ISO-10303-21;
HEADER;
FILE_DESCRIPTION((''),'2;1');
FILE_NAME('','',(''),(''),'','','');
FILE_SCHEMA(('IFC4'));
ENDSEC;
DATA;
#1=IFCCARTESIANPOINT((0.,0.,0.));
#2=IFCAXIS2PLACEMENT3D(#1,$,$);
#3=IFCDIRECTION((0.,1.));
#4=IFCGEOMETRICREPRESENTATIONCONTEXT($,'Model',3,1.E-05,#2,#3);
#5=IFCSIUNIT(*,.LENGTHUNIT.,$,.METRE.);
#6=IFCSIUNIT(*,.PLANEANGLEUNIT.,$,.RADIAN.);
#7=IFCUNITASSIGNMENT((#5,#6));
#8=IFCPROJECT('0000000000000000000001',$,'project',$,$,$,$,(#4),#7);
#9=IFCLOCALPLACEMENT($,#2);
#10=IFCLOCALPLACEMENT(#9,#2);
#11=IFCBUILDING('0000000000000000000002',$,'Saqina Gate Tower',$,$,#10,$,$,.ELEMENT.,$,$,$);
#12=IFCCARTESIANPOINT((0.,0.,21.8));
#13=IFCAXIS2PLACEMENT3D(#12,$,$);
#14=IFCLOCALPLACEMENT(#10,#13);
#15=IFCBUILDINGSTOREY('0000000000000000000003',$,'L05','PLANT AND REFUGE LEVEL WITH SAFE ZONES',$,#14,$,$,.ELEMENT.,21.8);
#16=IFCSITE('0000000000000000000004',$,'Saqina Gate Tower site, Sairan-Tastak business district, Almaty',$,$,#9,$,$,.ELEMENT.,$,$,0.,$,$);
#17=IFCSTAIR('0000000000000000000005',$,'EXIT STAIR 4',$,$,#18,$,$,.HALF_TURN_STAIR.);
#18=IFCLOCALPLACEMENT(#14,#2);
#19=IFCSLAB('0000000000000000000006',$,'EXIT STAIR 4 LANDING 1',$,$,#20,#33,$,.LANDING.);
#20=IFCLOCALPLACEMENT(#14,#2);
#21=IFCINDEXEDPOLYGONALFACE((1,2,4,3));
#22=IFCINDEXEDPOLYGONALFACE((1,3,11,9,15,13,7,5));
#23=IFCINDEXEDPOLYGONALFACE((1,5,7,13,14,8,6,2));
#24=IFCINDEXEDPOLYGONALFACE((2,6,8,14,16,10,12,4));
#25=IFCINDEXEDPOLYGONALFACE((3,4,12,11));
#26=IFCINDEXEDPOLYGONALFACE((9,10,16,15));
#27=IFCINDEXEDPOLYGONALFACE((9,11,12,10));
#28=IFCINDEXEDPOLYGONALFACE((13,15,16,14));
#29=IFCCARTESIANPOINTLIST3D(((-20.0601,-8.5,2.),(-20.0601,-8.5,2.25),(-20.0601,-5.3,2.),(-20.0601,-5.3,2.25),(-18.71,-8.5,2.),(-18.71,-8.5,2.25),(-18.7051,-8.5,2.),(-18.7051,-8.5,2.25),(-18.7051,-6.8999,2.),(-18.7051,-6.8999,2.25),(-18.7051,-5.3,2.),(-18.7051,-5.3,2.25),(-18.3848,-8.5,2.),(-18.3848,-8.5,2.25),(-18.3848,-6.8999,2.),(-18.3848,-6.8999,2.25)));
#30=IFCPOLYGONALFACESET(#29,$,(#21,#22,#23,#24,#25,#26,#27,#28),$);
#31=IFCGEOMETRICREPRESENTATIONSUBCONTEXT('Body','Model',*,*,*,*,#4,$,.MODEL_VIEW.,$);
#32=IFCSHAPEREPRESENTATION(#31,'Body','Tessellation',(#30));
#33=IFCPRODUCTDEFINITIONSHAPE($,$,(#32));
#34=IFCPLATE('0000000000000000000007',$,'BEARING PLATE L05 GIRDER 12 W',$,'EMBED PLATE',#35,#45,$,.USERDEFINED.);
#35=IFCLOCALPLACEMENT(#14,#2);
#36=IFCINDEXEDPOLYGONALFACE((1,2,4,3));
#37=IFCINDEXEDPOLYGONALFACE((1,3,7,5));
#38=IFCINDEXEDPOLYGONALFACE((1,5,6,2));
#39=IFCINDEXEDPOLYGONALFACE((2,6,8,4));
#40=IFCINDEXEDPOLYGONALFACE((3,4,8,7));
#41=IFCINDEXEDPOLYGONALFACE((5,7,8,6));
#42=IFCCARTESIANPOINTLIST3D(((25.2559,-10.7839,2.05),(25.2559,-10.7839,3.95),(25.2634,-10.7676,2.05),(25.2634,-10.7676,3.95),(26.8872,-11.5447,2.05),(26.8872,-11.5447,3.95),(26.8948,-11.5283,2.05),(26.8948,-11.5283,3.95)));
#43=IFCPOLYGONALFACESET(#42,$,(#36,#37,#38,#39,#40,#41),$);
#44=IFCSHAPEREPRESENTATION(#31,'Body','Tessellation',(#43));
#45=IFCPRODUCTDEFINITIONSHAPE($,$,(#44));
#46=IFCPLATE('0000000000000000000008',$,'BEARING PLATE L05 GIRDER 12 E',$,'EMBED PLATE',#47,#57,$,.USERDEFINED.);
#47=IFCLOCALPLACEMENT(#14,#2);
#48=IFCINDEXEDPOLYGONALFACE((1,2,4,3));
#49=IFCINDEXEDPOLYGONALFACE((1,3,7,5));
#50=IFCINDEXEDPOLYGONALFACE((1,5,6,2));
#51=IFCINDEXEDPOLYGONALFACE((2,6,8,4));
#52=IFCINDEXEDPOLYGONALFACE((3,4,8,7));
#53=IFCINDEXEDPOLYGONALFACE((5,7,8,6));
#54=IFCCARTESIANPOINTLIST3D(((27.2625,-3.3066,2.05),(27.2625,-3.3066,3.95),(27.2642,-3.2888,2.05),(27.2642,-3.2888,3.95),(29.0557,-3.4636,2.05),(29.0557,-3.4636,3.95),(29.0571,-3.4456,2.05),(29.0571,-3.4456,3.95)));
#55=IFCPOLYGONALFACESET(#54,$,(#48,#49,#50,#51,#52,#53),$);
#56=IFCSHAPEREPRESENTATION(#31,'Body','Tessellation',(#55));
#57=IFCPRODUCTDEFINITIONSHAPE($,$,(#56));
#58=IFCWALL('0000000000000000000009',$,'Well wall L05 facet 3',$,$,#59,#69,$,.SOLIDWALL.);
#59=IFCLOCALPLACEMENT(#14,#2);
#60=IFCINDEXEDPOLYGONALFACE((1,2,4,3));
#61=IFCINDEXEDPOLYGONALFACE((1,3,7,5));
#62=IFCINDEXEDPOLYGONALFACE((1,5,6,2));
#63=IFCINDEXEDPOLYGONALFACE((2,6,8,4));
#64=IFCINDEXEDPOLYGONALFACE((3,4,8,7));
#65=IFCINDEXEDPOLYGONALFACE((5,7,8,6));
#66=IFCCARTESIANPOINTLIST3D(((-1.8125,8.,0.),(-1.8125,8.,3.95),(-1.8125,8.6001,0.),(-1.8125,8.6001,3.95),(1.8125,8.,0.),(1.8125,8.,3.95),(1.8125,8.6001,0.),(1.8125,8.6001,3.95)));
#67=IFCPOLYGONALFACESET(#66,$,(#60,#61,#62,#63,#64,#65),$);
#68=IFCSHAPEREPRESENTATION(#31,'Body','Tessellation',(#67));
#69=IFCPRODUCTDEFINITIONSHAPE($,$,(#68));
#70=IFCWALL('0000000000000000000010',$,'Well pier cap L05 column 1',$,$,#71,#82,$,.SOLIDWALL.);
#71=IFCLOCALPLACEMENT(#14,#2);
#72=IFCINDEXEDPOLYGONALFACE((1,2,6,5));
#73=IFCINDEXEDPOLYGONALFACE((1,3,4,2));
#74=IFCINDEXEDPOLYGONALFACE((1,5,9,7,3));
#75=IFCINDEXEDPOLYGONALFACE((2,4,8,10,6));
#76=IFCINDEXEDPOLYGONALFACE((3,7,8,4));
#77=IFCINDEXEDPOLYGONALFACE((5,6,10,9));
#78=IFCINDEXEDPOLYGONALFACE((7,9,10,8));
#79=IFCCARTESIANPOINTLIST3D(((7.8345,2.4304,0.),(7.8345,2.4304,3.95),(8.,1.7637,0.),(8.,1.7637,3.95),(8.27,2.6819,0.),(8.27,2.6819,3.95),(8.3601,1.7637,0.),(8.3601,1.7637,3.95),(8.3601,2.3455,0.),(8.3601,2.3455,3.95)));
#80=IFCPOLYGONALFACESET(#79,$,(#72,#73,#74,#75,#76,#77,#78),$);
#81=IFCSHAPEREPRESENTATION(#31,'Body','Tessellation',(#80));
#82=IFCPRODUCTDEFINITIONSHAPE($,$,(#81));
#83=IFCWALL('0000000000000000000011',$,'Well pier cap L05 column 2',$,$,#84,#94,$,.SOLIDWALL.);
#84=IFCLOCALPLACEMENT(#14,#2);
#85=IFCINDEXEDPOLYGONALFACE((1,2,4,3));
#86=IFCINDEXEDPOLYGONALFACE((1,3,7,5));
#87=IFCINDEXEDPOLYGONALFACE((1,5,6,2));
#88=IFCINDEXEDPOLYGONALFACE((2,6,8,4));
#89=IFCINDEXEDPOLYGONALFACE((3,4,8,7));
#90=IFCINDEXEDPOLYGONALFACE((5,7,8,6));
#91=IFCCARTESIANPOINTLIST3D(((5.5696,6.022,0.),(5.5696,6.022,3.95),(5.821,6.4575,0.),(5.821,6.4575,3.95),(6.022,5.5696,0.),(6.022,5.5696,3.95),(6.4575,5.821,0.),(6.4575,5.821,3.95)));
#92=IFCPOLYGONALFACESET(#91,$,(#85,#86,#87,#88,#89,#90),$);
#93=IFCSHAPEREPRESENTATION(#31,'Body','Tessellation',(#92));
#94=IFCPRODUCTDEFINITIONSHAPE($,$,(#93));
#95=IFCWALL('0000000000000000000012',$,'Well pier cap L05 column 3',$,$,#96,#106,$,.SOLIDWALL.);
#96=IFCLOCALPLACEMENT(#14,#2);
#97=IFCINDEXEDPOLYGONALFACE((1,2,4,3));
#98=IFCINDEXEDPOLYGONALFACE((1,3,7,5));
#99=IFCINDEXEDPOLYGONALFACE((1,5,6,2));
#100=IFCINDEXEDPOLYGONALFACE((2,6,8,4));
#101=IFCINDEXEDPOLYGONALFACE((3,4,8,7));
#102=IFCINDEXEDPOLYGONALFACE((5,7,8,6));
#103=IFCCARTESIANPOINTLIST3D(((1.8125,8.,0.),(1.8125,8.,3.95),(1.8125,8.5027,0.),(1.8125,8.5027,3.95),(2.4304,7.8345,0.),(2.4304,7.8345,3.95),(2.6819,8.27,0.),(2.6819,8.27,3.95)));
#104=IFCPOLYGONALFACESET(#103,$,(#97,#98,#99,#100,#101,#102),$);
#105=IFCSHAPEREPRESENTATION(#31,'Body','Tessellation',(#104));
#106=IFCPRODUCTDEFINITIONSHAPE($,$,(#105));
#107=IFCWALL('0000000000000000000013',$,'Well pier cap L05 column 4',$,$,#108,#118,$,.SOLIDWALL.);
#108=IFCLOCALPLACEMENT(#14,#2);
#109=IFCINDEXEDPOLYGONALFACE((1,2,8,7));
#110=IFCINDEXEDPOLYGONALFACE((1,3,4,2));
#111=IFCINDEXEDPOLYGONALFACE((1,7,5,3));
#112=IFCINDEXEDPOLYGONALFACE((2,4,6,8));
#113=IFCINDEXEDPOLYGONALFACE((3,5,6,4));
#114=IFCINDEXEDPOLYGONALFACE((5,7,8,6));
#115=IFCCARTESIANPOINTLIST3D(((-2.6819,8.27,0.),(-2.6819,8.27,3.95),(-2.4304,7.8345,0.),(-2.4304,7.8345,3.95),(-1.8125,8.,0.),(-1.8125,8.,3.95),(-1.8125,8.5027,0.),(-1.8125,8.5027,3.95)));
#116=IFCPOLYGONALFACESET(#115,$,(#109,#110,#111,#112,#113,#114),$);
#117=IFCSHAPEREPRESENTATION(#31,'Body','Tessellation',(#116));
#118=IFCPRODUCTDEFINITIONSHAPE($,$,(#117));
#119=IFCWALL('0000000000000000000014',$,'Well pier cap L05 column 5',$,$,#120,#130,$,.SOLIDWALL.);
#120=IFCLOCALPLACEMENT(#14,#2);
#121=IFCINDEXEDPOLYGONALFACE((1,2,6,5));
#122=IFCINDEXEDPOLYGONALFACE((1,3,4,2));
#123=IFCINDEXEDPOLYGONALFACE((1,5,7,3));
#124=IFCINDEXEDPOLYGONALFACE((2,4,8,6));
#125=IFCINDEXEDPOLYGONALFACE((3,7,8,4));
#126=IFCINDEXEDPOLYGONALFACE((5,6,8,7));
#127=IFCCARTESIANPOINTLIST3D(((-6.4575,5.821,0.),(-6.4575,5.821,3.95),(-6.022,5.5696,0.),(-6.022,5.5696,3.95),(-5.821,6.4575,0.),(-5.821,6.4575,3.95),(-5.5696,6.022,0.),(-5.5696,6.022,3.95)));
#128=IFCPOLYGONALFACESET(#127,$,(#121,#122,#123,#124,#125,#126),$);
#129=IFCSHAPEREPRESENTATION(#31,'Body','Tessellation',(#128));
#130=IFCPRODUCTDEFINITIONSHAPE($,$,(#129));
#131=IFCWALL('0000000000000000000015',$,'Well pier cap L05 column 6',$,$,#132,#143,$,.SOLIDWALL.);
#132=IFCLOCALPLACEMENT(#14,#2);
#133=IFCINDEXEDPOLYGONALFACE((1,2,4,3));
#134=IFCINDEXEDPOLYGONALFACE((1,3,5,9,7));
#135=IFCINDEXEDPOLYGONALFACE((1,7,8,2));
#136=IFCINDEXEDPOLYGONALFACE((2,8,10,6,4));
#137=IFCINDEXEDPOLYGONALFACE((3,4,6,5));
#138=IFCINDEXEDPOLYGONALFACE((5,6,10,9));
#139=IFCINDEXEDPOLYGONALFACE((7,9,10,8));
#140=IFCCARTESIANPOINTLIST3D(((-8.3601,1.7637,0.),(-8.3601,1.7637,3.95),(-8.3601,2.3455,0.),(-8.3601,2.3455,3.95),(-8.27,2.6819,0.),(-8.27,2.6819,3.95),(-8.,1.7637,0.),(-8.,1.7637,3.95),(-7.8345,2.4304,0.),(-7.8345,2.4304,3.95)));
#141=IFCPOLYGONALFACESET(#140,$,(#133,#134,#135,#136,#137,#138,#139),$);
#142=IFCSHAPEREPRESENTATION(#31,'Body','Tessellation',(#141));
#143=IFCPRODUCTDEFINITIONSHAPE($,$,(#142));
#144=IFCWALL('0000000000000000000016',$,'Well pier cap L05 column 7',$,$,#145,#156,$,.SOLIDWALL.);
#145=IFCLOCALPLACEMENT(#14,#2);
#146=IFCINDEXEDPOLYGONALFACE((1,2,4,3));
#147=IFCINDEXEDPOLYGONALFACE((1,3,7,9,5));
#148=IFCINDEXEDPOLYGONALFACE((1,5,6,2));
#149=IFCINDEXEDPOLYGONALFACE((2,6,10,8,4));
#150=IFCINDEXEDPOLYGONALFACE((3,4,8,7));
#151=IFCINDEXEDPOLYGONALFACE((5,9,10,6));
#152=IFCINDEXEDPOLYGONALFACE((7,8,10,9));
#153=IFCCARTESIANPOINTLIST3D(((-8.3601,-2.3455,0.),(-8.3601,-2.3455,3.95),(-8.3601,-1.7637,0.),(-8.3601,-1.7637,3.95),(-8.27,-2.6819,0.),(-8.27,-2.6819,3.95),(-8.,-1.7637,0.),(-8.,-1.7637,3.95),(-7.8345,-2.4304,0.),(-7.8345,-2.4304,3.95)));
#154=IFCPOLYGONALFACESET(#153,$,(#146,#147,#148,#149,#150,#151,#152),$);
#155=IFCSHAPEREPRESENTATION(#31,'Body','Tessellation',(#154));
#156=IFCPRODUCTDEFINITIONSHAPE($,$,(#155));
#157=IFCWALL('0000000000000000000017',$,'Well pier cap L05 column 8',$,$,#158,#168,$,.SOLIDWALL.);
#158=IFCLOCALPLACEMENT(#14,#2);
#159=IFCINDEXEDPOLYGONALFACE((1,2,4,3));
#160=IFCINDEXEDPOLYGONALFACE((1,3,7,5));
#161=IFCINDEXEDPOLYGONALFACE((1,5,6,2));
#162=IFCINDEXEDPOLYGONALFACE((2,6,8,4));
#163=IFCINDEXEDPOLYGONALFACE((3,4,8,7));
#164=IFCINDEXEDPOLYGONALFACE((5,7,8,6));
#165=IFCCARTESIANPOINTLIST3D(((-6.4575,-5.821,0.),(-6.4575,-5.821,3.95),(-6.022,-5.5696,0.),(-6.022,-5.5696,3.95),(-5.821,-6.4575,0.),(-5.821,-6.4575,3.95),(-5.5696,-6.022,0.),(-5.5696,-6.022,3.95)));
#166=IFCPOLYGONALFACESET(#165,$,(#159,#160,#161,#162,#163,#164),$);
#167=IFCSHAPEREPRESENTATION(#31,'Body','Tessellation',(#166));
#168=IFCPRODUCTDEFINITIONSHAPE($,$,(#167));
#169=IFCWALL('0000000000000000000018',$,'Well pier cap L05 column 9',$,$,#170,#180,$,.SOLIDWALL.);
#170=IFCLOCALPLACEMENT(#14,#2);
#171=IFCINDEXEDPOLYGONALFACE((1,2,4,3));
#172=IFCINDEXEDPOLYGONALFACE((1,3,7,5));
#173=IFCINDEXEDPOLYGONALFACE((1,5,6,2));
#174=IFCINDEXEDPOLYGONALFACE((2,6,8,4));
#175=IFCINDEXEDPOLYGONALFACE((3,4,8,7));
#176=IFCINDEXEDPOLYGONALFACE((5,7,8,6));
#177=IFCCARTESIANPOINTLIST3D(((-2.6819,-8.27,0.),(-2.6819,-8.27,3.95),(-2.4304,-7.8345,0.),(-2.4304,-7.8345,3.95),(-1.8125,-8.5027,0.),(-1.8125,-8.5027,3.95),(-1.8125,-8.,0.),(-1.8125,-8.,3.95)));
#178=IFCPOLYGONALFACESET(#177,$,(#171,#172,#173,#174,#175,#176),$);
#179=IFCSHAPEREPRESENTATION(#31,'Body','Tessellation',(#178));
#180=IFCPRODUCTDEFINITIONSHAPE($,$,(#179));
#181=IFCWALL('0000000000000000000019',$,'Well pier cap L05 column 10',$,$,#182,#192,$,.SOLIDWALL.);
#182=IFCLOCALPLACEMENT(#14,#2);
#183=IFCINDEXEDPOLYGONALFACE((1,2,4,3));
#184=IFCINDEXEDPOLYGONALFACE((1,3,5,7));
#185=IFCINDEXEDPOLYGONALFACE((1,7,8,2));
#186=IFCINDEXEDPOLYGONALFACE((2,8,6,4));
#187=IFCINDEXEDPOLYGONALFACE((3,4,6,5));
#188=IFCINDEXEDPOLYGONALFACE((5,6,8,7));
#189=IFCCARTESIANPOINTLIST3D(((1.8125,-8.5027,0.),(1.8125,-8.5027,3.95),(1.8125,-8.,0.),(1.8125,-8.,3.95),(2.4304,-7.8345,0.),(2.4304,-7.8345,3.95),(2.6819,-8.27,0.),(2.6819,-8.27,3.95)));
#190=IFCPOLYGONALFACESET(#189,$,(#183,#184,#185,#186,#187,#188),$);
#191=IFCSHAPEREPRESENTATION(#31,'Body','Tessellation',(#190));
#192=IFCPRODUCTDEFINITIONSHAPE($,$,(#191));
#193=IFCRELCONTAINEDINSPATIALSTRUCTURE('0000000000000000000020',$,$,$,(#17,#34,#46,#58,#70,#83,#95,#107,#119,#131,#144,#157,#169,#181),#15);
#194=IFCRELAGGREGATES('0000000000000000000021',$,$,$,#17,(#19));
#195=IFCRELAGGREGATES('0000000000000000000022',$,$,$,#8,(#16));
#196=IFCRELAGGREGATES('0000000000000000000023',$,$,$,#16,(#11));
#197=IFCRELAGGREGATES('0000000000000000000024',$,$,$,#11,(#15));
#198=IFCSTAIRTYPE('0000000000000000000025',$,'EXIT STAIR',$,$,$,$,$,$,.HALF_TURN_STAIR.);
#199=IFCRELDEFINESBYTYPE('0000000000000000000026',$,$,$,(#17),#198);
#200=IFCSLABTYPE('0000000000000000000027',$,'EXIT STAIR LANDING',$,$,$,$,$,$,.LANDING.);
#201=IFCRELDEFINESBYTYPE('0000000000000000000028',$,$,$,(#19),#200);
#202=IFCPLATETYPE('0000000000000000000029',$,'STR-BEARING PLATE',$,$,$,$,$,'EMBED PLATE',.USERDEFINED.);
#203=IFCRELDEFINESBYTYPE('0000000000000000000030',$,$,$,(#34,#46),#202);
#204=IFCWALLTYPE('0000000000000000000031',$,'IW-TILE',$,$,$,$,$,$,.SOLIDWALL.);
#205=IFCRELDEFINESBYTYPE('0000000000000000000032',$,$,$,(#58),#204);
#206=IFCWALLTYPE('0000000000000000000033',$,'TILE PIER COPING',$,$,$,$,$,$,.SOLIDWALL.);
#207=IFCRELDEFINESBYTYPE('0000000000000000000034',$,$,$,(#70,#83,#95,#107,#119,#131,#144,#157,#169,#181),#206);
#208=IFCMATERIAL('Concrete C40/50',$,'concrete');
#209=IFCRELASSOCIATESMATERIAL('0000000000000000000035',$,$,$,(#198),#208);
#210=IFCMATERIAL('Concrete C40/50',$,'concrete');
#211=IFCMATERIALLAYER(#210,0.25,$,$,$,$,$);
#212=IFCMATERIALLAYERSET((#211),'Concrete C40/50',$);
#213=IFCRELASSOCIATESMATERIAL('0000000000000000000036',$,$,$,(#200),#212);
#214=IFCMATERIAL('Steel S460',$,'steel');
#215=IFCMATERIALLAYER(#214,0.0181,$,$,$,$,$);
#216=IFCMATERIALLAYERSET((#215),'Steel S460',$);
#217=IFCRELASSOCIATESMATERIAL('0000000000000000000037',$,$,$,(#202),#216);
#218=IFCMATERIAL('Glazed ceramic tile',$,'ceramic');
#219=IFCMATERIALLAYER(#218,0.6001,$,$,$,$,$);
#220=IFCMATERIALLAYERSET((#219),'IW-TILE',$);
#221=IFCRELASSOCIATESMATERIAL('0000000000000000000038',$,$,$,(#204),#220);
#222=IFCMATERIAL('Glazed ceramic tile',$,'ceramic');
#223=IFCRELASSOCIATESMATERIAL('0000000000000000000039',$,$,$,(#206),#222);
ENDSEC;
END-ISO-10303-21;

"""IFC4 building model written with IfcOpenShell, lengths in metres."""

from ifc_helpers import new_model, si_unit, direction, frame, frame_2d, origin, place, context, subcontext, project, spatial, polyline, rectangle, outline, extrude, material, layer, layer_set, type_object, element, aggregate, save


model = new_model("IFC4")

# Units and contexts
model_context = context("Model", 3, precision=1e-05, world=origin(), true_north=direction((0.0, 1.0)))
body_context = subcontext(model_context, "Body", "Model", "MODEL_VIEW")
ifc_project = project(units=[si_unit("LENGTHUNIT", "METRE"), si_unit("PLANEANGLEUNIT", "RADIAN")], contexts=[model_context])

# Site, building, storey
site_placement = place(None, origin())
site = spatial("IfcSite", under=ifc_project, at=site_placement, Name="Saqina Gate Tower site, Sairan-Tastak business district, Almaty", CompositionType="ELEMENT", RefElevation=0.0)
building_placement = place(site_placement, origin())
building = spatial("IfcBuilding", under=site, at=building_placement, Name="Saqina Gate Tower", CompositionType="ELEMENT")
storey_placement = place(building_placement, frame((0.0, 0.0, 21.8)))
storey = spatial("IfcBuildingStorey", under=building, at=storey_placement, Name="L05", Description="PLANT AND REFUGE LEVEL WITH SAFE ZONES", CompositionType="ELEMENT", Elevation=21.8)

# Stair, slab
ifc_material_1 = material(Name="Concrete C40/50", Category="concrete")
stair_type = type_object("IfcStairType", Name="EXIT STAIR", PredefinedType="HALF_TURN_STAIR", material=ifc_material_1)
ifc_material_2 = material(Name="Concrete C40/50", Category="concrete")
ifc_layer_1 = layer(ifc_material_2, 0.25)
ifc_layer_set_1 = layer_set([ifc_layer_1], Name="Concrete C40/50")
slab_type = type_object("IfcSlabType", Name="EXIT STAIR LANDING", PredefinedType="LANDING", material=ifc_layer_set_1)
stair_1_placement = place(storey_placement, origin())
stair_1 = element("IfcStair", 1, at=stair_1_placement, inside=storey, type_object=stair_type, Name="EXIT STAIR 4", PredefinedType="HALF_TURN_STAIR")
slab_1_placement = place(storey_placement, frame((0.0, 0.0, 2.0)))
slab_1 = element("IfcSlab", 2, at=slab_1_placement, type_object=slab_type, Name="EXIT STAIR 4 LANDING 1", PredefinedType="LANDING", context=body_context, shape_type="SweptSolid", body=[
    extrude(outline(polyline([(-18.3848, -6.8999), (-18.3848, -8.5), (-18.7051, -8.5), (-18.71, -8.5), (-20.0601, -8.5), (-20.0601, -5.3), (-18.7051, -5.3), (-18.7051, -6.8999), (-18.3848, -6.8999)])), origin(), (0.0, 0.0, 1.0), 0.25),
])
aggregate(stair_1, [slab_1])

# Plates
ifc_material_3 = material(Name="Steel S460", Category="steel")
ifc_layer_2 = layer(ifc_material_3, 0.0181)
ifc_layer_set_2 = layer_set([ifc_layer_2], Name="Steel S460")
plate_type = type_object("IfcPlateType", Name="STR-BEARING PLATE", ElementType="EMBED PLATE", PredefinedType="USERDEFINED", material=ifc_layer_set_2)
plate_1_placement = place(storey_placement, frame((0.0, 0.0, 2.05)))
element("IfcPlate", 3, at=plate_1_placement, inside=storey, type_object=plate_type, Name="BEARING PLATE L05 GIRDER 12 W", ObjectType="EMBED PLATE", PredefinedType="USERDEFINED", context=body_context, shape_type="SweptSolid", body=[
    extrude(outline(polyline([(26.8948, -11.5283), (25.2634, -10.7676), (25.2559, -10.7839), (26.8872, -11.5447), (26.8948, -11.5283)])), origin(), (0.0, 0.0, 1.0), 1.8999),
])
plate_2_placement = place(storey_placement, frame((0.0, 0.0, 2.05)))
element("IfcPlate", 4, at=plate_2_placement, inside=storey, type_object=plate_type, Name="BEARING PLATE L05 GIRDER 12 E", ObjectType="EMBED PLATE", PredefinedType="USERDEFINED", context=body_context, shape_type="SweptSolid", body=[
    extrude(outline(polyline([(27.2625, -3.3066), (29.0557, -3.4636), (29.0571, -3.4456), (27.2642, -3.2888), (27.2625, -3.3066)])), origin(), (0.0, 0.0, 1.0), 1.8999),
])

# Walls
ifc_material_4 = material(Name="Glazed ceramic tile", Category="ceramic")
ifc_layer_3 = layer(ifc_material_4, 0.6001)
ifc_layer_set_3 = layer_set([ifc_layer_3], Name="IW-TILE")
wall_type_1 = type_object("IfcWallType", Name="IW-TILE", PredefinedType="SOLIDWALL", material=ifc_layer_set_3)
wall_1_placement = place(storey_placement, frame((1.8125, 8.3, 0.0), z_axis=(0.0, 0.0, 1.0), x_axis=(-1.0, 0.0, 0.0)))
element("IfcWall", 5, at=wall_1_placement, inside=storey, type_object=wall_type_1, Name="Well wall L05 facet 3", PredefinedType="SOLIDWALL", context=body_context, shape_type="SweptSolid", body=[
    extrude(rectangle(XDim=3.625, YDim=0.6001, at=frame_2d((1.8125, 0.0))), origin(), (0.0, 0.0, 1.0), 3.95),
])
ifc_material_5 = material(Name="Glazed ceramic tile", Category="ceramic")
wall_type_2 = type_object("IfcWallType", Name="TILE PIER COPING", PredefinedType="SOLIDWALL", material=ifc_material_5)
wall_2_placement = place(storey_placement, origin())
element("IfcWall", 6, at=wall_2_placement, inside=storey, type_object=wall_type_2, Name="Well pier cap L05 column 1", PredefinedType="SOLIDWALL", context=body_context, shape_type="SweptSolid", body=[
    extrude(outline(polyline([(8.3601, 2.3455), (8.27, 2.6819), (7.8345, 2.4304), (8.0, 1.7637), (8.3601, 1.7637), (8.3601, 2.3455)])), origin(), (0.0, 0.0, 1.0), 3.95),
])
wall_3_placement = place(storey_placement, origin())
element("IfcWall", 7, at=wall_3_placement, inside=storey, type_object=wall_type_2, Name="Well pier cap L05 column 2", PredefinedType="SOLIDWALL", context=body_context, shape_type="SweptSolid", body=[
    extrude(outline(polyline([(5.821, 6.4575), (5.5696, 6.022), (6.022, 5.5696), (6.4575, 5.821), (5.821, 6.4575)])), origin(), (0.0, 0.0, 1.0), 3.95),
])
wall_4_placement = place(storey_placement, origin())
element("IfcWall", 8, at=wall_4_placement, inside=storey, type_object=wall_type_2, Name="Well pier cap L05 column 3", PredefinedType="SOLIDWALL", context=body_context, shape_type="SweptSolid", body=[
    extrude(outline(polyline([(1.8125, 8.5027), (1.8125, 8.0), (2.4304, 7.8345), (2.6819, 8.27), (1.8125, 8.5027)])), origin(), (0.0, 0.0, 1.0), 3.95),
])
wall_5_placement = place(storey_placement, origin())
element("IfcWall", 9, at=wall_5_placement, inside=storey, type_object=wall_type_2, Name="Well pier cap L05 column 4", PredefinedType="SOLIDWALL", context=body_context, shape_type="SweptSolid", body=[
    extrude(outline(polyline([(-2.6819, 8.27), (-2.4304, 7.8345), (-1.8125, 8.0), (-1.8125, 8.5027), (-2.6819, 8.27)])), origin(), (0.0, 0.0, 1.0), 3.95),
])
wall_6_placement = place(storey_placement, origin())
element("IfcWall", 10, at=wall_6_placement, inside=storey, type_object=wall_type_2, Name="Well pier cap L05 column 5", PredefinedType="SOLIDWALL", context=body_context, shape_type="SweptSolid", body=[
    extrude(outline(polyline([(-6.4575, 5.821), (-6.022, 5.5696), (-5.5696, 6.022), (-5.821, 6.4575), (-6.4575, 5.821)])), origin(), (0.0, 0.0, 1.0), 3.95),
])
wall_7_placement = place(storey_placement, origin())
element("IfcWall", 11, at=wall_7_placement, inside=storey, type_object=wall_type_2, Name="Well pier cap L05 column 6", PredefinedType="SOLIDWALL", context=body_context, shape_type="SweptSolid", body=[
    extrude(outline(polyline([(-8.3601, 1.7637), (-8.0, 1.7637), (-7.8345, 2.4304), (-8.27, 2.6819), (-8.3601, 2.3455), (-8.3601, 1.7637)])), origin(), (0.0, 0.0, 1.0), 3.95),
])
wall_8_placement = place(storey_placement, origin())
element("IfcWall", 12, at=wall_8_placement, inside=storey, type_object=wall_type_2, Name="Well pier cap L05 column 7", PredefinedType="SOLIDWALL", context=body_context, shape_type="SweptSolid", body=[
    extrude(outline(polyline([(-8.3601, -2.3455), (-8.27, -2.6819), (-7.8345, -2.4304), (-8.0, -1.7637), (-8.3601, -1.7637), (-8.3601, -2.3455)])), origin(), (0.0, 0.0, 1.0), 3.95),
])
wall_9_placement = place(storey_placement, origin())
element("IfcWall", 13, at=wall_9_placement, inside=storey, type_object=wall_type_2, Name="Well pier cap L05 column 8", PredefinedType="SOLIDWALL", context=body_context, shape_type="SweptSolid", body=[
    extrude(outline(polyline([(-6.4575, -5.821), (-5.821, -6.4575), (-5.5696, -6.022), (-6.022, -5.5696), (-6.4575, -5.821)])), origin(), (0.0, 0.0, 1.0), 3.95),
])
wall_10_placement = place(storey_placement, origin())
element("IfcWall", 14, at=wall_10_placement, inside=storey, type_object=wall_type_2, Name="Well pier cap L05 column 9", PredefinedType="SOLIDWALL", context=body_context, shape_type="SweptSolid", body=[
    extrude(outline(polyline([(-1.8125, -8.5027), (-1.8125, -8.0), (-2.4304, -7.8345), (-2.6819, -8.27), (-1.8125, -8.5027)])), origin(), (0.0, 0.0, 1.0), 3.95),
])
wall_11_placement = place(storey_placement, origin())
element("IfcWall", 15, at=wall_11_placement, inside=storey, type_object=wall_type_2, Name="Well pier cap L05 column 10", PredefinedType="SOLIDWALL", context=body_context, shape_type="SweptSolid", body=[
    extrude(outline(polyline([(2.6819, -8.27), (2.4304, -7.8345), (1.8125, -8.0), (1.8125, -8.5027), (2.6819, -8.27)])), origin(), (0.0, 0.0, 1.0), 3.95),
])

save(model, "model.ifc")
